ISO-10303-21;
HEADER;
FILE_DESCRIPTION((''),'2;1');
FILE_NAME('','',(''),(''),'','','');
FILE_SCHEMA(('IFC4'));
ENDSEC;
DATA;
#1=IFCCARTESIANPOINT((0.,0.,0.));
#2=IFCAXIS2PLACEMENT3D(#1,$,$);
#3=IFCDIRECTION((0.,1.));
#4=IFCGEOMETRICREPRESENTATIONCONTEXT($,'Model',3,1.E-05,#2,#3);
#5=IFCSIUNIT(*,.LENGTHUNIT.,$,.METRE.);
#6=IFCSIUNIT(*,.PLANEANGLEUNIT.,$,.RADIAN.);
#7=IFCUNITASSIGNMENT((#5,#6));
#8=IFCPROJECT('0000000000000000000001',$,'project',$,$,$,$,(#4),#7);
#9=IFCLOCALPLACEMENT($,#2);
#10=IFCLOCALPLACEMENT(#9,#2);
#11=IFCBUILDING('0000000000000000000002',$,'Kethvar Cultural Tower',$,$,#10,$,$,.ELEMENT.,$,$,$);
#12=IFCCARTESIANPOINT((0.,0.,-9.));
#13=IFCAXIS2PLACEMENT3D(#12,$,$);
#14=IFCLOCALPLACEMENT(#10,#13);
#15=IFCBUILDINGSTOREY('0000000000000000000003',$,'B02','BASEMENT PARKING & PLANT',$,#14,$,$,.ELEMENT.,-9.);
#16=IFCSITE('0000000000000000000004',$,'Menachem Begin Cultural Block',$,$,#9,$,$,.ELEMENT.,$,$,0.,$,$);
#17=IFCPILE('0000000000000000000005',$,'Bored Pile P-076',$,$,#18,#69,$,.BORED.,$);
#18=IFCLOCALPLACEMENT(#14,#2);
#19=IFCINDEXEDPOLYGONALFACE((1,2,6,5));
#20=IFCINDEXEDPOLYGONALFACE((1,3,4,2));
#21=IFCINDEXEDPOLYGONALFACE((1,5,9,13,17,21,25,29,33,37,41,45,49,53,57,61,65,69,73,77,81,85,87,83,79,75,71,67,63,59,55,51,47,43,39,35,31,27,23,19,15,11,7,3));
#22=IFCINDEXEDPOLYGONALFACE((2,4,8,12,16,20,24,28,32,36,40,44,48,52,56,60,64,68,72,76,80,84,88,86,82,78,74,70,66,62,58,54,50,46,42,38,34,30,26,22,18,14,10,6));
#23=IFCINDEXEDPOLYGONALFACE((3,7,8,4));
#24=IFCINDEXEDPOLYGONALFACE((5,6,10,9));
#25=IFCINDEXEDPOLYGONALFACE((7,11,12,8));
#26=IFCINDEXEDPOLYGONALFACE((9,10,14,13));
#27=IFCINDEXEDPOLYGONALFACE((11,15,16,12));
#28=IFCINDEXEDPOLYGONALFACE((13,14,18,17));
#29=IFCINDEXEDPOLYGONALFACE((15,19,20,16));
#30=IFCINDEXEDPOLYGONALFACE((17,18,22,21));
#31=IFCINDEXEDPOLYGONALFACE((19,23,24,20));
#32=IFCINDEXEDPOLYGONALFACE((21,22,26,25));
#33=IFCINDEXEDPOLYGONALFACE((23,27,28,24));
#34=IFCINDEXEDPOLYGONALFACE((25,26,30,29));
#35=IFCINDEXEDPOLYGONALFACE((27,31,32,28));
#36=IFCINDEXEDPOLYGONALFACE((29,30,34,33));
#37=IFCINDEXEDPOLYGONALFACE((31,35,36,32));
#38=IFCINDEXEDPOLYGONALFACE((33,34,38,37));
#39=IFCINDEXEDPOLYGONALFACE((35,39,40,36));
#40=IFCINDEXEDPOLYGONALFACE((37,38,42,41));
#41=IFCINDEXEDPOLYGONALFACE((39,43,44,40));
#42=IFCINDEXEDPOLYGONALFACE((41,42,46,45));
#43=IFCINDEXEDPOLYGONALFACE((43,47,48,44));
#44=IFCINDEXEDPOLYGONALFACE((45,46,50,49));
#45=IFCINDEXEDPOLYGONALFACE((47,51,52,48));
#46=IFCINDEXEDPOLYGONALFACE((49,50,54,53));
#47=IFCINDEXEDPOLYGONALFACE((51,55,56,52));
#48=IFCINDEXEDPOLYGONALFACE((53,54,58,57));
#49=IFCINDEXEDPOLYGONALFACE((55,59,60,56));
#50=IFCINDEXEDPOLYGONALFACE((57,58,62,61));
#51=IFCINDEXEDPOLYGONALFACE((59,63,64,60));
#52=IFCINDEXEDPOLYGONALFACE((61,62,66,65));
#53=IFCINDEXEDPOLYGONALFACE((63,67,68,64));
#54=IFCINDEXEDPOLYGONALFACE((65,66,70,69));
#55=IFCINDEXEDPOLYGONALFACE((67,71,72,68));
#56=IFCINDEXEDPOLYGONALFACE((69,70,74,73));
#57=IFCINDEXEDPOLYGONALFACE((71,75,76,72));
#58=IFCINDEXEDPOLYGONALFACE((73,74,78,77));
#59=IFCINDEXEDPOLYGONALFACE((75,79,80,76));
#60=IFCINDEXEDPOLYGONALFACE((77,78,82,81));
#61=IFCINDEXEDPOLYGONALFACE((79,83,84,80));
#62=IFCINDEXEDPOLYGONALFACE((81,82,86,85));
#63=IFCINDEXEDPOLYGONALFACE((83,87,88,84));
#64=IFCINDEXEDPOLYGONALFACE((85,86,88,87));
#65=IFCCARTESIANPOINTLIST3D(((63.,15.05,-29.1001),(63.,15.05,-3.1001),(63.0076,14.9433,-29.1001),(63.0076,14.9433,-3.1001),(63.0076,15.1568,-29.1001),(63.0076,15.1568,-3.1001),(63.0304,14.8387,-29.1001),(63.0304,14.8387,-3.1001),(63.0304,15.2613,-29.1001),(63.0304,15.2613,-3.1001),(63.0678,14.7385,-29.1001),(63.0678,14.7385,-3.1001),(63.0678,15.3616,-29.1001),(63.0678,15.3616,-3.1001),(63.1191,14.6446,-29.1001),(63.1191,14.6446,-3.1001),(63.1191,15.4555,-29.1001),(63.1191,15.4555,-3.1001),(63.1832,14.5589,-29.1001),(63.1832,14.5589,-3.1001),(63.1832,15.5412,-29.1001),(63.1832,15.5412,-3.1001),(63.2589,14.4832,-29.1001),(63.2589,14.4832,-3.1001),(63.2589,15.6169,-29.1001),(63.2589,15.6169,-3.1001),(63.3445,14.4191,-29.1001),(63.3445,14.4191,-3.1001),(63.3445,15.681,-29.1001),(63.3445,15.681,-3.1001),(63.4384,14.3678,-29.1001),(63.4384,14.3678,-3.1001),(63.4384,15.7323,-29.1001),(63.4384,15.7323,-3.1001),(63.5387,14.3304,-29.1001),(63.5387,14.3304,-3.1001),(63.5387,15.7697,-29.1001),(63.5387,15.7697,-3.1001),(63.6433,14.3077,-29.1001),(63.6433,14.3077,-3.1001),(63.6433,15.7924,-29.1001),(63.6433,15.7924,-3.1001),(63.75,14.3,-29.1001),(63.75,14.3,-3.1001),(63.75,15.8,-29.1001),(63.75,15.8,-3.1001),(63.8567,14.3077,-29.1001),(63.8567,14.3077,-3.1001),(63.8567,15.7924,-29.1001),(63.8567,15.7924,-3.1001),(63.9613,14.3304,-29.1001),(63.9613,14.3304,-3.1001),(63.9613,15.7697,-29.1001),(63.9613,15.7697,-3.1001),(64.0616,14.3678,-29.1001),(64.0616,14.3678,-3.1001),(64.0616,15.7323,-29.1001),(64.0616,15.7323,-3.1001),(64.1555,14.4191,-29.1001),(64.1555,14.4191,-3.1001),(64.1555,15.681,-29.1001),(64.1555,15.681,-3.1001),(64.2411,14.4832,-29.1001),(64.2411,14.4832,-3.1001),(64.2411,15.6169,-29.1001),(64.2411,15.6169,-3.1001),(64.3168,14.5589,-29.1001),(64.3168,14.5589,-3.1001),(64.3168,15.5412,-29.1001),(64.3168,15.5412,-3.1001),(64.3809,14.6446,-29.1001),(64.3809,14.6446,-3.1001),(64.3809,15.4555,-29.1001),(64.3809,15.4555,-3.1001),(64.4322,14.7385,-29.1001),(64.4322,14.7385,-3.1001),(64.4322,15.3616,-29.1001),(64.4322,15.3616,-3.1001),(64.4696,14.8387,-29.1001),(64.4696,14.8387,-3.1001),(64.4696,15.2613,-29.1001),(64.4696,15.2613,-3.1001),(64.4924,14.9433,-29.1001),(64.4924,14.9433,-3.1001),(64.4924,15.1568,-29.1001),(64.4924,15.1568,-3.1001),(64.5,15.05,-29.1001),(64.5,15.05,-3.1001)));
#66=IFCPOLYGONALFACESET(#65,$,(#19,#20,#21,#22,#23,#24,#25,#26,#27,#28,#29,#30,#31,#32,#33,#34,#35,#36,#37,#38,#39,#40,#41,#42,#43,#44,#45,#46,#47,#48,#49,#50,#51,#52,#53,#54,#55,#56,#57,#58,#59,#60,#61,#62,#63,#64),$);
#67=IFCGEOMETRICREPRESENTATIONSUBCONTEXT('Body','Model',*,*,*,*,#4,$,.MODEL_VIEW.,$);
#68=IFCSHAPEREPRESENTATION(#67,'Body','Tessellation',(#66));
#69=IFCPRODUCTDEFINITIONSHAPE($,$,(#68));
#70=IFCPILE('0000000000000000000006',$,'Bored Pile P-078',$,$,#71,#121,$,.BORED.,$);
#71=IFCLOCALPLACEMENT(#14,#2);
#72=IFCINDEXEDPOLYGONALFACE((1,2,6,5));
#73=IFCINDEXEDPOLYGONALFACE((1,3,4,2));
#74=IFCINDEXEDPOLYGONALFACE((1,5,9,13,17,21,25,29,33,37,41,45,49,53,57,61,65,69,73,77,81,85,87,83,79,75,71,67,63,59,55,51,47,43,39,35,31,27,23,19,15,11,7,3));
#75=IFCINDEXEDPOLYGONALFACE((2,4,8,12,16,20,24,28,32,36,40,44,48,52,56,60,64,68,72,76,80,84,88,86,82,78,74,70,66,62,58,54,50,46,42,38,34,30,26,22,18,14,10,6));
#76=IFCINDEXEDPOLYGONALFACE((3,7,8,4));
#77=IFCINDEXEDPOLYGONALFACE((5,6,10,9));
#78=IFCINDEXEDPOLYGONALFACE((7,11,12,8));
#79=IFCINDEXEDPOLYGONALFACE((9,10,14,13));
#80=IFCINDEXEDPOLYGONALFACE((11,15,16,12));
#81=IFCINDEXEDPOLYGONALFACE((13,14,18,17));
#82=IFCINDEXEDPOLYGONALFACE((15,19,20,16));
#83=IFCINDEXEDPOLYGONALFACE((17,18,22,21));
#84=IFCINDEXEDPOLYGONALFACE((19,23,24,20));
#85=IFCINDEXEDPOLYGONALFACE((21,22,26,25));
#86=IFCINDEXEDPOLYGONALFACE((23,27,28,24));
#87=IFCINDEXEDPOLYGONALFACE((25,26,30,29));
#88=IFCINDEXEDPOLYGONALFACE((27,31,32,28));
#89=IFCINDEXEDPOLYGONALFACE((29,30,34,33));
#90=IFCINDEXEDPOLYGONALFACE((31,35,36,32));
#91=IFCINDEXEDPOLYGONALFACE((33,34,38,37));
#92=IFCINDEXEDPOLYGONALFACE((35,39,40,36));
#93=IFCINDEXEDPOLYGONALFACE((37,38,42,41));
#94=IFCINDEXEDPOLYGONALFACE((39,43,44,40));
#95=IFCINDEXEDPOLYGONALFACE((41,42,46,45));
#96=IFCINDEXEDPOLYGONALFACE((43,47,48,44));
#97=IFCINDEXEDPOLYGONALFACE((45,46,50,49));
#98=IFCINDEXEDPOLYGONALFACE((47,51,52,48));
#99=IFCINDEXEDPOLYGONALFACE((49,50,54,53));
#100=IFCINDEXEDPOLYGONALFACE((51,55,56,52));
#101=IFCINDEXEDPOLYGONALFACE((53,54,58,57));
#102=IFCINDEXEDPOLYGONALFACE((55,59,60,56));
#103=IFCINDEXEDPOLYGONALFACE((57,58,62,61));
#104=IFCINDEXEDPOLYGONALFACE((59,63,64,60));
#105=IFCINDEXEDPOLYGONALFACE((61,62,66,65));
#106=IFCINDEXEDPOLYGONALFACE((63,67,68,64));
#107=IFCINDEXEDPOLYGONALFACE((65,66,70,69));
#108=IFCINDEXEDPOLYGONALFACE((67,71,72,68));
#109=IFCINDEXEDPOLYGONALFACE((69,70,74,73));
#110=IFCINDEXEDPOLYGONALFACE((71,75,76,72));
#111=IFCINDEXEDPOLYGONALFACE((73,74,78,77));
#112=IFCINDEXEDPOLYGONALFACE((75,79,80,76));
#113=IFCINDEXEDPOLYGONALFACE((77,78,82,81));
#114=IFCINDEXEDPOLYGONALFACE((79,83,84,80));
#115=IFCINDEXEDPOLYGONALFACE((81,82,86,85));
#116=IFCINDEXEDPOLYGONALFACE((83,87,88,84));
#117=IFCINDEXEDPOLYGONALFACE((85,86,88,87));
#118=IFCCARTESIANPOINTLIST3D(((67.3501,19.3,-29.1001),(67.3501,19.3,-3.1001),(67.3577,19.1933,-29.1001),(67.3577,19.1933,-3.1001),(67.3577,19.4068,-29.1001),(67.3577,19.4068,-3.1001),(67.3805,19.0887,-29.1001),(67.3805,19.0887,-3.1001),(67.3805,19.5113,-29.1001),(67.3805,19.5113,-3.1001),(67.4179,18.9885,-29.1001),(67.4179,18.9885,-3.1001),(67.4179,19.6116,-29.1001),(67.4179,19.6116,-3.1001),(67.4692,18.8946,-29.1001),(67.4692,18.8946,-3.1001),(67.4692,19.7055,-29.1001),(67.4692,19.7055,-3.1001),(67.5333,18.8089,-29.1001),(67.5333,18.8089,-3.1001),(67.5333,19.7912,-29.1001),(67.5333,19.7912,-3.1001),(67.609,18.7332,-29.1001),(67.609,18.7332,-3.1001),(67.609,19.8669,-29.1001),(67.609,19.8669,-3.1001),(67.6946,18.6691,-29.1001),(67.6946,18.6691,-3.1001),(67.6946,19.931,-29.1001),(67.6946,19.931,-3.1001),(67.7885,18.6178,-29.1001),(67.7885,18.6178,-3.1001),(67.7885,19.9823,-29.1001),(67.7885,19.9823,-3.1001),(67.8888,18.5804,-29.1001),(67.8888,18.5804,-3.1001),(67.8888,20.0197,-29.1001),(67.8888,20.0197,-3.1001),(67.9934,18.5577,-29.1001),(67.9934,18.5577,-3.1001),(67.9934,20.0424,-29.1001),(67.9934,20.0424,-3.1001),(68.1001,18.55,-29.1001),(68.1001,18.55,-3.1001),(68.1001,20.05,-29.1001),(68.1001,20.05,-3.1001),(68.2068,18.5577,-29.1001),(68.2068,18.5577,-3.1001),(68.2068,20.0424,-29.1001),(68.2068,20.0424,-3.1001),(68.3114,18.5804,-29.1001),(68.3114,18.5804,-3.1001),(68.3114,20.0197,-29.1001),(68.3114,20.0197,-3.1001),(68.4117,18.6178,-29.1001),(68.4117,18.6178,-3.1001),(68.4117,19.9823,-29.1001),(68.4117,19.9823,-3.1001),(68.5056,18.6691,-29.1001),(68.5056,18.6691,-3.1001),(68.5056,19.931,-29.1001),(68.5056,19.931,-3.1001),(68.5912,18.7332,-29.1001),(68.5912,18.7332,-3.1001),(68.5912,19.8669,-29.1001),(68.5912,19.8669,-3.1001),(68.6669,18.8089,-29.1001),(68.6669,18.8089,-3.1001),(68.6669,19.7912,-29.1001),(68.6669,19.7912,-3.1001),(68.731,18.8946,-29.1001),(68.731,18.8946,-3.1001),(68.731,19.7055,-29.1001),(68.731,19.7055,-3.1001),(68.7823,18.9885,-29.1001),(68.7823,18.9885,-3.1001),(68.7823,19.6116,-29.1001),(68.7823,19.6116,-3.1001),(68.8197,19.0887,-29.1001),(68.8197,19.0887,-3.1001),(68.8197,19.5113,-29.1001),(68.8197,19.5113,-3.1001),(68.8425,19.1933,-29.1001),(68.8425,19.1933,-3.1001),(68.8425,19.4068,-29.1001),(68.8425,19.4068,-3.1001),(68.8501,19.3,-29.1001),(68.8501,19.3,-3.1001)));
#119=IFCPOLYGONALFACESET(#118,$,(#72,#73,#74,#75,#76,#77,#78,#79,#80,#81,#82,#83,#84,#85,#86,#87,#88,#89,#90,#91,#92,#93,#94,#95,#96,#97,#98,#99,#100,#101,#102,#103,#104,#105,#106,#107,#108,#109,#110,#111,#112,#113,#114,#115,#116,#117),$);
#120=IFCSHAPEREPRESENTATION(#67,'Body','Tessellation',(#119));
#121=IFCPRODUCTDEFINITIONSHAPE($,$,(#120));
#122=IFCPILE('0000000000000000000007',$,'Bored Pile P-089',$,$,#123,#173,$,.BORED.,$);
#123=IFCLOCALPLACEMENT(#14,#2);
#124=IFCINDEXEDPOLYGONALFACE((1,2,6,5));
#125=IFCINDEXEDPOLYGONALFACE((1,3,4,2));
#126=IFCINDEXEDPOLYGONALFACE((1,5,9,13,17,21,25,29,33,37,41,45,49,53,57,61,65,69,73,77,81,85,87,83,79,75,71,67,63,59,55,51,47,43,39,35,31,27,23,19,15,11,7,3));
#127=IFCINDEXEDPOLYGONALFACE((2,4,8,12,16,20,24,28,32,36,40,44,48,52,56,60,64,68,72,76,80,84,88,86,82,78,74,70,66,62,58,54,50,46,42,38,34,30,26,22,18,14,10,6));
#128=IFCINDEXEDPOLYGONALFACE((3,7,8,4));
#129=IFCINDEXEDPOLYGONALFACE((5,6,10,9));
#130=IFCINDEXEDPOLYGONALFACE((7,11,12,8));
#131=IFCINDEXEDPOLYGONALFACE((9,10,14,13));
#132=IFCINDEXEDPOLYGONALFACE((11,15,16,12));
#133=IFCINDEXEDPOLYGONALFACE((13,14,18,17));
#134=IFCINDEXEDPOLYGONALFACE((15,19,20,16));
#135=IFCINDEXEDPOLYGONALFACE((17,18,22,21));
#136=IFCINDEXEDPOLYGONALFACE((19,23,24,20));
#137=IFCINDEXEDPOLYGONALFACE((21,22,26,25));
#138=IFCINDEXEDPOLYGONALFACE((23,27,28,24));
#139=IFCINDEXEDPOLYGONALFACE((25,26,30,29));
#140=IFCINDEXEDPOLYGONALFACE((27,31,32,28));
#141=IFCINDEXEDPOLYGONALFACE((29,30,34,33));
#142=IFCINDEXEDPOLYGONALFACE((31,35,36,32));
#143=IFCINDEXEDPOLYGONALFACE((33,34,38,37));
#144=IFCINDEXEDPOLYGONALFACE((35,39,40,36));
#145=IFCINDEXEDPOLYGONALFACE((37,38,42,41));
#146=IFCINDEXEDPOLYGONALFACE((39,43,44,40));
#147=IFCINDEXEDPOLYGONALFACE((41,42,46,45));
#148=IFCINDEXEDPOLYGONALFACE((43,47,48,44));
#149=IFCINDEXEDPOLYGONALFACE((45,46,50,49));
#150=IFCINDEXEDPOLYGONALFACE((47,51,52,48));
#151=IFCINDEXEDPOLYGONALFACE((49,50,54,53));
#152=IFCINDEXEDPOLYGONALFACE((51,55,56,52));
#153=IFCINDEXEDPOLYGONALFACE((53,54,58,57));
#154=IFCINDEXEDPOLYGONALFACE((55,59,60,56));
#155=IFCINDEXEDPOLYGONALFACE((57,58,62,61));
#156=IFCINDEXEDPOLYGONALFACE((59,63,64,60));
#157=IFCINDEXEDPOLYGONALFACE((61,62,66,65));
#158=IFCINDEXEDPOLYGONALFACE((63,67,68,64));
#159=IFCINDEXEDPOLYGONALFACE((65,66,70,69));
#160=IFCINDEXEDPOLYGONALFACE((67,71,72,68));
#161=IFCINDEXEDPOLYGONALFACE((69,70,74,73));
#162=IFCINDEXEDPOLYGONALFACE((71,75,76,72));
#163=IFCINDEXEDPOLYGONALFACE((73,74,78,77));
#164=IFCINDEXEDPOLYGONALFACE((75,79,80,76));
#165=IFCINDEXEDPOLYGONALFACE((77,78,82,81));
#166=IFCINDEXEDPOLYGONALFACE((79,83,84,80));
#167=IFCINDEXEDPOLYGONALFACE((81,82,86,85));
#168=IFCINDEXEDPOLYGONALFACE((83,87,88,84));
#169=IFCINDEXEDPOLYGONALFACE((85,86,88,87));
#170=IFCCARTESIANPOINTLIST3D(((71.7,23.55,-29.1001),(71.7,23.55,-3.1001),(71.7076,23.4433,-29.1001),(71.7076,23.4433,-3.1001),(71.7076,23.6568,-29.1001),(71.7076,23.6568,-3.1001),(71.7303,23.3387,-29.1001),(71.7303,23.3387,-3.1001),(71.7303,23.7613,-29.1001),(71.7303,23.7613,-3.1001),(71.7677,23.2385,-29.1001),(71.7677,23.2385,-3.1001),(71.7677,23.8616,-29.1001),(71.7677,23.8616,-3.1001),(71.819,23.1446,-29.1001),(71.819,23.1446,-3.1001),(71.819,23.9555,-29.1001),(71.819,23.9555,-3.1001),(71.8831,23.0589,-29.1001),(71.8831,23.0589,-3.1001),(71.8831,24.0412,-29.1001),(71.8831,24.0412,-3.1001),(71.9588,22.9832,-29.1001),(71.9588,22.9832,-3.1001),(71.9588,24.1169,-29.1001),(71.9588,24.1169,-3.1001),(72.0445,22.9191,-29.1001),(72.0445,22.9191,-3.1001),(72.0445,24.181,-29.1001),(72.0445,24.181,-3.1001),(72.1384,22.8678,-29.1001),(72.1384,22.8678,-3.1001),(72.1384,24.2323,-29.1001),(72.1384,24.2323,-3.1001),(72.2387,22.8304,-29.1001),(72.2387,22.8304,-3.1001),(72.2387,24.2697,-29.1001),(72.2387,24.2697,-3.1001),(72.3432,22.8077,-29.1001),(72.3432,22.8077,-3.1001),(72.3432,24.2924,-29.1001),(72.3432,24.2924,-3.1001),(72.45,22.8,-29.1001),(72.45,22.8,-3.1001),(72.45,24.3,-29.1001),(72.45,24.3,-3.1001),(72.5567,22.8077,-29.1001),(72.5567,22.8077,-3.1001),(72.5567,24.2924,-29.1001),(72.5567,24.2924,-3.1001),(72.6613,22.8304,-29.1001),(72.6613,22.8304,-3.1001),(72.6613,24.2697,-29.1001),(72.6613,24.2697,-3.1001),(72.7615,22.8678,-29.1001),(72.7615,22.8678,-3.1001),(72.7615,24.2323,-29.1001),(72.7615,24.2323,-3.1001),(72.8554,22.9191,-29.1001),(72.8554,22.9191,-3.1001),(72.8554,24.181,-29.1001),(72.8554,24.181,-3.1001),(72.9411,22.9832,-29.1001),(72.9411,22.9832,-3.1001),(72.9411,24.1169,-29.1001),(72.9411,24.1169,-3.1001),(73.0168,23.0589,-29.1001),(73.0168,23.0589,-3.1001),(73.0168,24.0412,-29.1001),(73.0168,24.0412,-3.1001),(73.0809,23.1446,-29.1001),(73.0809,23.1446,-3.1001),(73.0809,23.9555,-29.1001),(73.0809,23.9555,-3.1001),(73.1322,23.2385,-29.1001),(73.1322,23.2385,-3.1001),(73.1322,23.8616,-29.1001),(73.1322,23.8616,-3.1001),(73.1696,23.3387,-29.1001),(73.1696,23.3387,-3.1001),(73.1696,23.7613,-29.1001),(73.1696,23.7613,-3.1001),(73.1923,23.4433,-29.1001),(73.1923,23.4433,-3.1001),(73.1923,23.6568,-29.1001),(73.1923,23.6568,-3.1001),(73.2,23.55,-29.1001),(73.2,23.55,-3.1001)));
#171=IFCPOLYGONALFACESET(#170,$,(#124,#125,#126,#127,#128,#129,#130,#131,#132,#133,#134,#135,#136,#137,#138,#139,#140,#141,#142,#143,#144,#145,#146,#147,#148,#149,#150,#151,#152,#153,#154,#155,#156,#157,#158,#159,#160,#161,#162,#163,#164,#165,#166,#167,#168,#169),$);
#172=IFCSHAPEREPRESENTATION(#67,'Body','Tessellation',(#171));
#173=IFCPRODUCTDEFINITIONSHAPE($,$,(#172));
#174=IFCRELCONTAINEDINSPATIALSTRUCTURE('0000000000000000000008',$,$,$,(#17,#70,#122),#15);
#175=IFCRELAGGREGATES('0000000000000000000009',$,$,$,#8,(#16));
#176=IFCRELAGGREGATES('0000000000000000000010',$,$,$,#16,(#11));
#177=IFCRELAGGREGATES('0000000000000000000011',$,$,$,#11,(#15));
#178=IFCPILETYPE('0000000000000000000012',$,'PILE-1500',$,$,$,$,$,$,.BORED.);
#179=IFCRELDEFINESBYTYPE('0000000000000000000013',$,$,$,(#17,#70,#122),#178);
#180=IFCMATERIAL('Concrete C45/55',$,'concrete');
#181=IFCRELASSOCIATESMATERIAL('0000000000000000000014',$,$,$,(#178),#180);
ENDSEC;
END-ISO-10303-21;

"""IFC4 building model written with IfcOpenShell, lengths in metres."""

from ifc_helpers import new_model, si_unit, direction, frame, origin, origin_2d, place, context, subcontext, project, spatial, circle, extrude, source, transform, mapped, material, material_profile, profile_set, type_object, element, save


model = new_model("IFC4")

# Units and contexts
model_context = context("Model", 3, precision=1e-05, world=origin(), true_north=direction((0.0, 1.0)))
body_context = subcontext(model_context, "Body", "Model", "MODEL_VIEW")
ifc_project = project(units=[si_unit("LENGTHUNIT", "METRE"), si_unit("PLANEANGLEUNIT", "RADIAN")], contexts=[model_context])

# Site, building, storey
site_placement = place(None, origin())
site = spatial("IfcSite", under=ifc_project, at=site_placement, Name="Menachem Begin Cultural Block", CompositionType="ELEMENT", RefElevation=0.0)
building_placement = place(site_placement, origin())
building = spatial("IfcBuilding", under=site, at=building_placement, Name="Kethvar Cultural Tower", CompositionType="ELEMENT")
storey_placement = place(building_placement, frame((0.0, 0.0, -9.0)))
storey = spatial("IfcBuildingStorey", under=building, at=storey_placement, Name="B02", Description="BASEMENT PARKING & PLANT", CompositionType="ELEMENT", Elevation=-9.0)

# Piles
ifc_material_1 = material(Name="Concrete C45/55", Category="concrete")
ifc_material_profile_1 = material_profile(ifc_material_1, circle(Radius=0.75, at=origin_2d()), Name="Concrete C45/55 — PILE1500")
ifc_profile_set_1 = profile_set([ifc_material_profile_1], Name="Concrete C45/55 — PILE1500")
pile_type = type_object("IfcPileType", Name="PILE-1500", PredefinedType="BORED", material=ifc_profile_set_1)
shared_shape_1 = source(origin(), body_context, "Body", "SweptSolid", [
    extrude(circle(Radius=0.75, at=origin_2d()), origin(), (0.0, 0.0, 1.0), 26.0),
])
for number, where, z_axis, x_axis, name in (
    (1, (63.75, 15.05, -3.1001), (0.0, 0.0, -1.0), (1.0, 0.0, 0.0), "Bored Pile P-076"),
    (2, (68.1001, 19.3, -3.1001), (0.0, 0.0, -1.0), (1.0, 0.0, 0.0), "Bored Pile P-078"),
    (3, (72.45, 23.55, -3.1001), (0.0, 0.0, -1.0), (1.0, 0.0, 0.0), "Bored Pile P-089"),
):
    element("IfcPile", number, at=place(storey_placement, frame(where, z_axis=z_axis, x_axis=x_axis)), inside=storey, type_object=pile_type, Name=name, PredefinedType="BORED", context=body_context, shape_type="MappedRepresentation", body=[
        mapped(shared_shape_1, transform((0.0, 0.0, 0.0), scale=1.0)),
    ])

save(model, "model.ifc")
